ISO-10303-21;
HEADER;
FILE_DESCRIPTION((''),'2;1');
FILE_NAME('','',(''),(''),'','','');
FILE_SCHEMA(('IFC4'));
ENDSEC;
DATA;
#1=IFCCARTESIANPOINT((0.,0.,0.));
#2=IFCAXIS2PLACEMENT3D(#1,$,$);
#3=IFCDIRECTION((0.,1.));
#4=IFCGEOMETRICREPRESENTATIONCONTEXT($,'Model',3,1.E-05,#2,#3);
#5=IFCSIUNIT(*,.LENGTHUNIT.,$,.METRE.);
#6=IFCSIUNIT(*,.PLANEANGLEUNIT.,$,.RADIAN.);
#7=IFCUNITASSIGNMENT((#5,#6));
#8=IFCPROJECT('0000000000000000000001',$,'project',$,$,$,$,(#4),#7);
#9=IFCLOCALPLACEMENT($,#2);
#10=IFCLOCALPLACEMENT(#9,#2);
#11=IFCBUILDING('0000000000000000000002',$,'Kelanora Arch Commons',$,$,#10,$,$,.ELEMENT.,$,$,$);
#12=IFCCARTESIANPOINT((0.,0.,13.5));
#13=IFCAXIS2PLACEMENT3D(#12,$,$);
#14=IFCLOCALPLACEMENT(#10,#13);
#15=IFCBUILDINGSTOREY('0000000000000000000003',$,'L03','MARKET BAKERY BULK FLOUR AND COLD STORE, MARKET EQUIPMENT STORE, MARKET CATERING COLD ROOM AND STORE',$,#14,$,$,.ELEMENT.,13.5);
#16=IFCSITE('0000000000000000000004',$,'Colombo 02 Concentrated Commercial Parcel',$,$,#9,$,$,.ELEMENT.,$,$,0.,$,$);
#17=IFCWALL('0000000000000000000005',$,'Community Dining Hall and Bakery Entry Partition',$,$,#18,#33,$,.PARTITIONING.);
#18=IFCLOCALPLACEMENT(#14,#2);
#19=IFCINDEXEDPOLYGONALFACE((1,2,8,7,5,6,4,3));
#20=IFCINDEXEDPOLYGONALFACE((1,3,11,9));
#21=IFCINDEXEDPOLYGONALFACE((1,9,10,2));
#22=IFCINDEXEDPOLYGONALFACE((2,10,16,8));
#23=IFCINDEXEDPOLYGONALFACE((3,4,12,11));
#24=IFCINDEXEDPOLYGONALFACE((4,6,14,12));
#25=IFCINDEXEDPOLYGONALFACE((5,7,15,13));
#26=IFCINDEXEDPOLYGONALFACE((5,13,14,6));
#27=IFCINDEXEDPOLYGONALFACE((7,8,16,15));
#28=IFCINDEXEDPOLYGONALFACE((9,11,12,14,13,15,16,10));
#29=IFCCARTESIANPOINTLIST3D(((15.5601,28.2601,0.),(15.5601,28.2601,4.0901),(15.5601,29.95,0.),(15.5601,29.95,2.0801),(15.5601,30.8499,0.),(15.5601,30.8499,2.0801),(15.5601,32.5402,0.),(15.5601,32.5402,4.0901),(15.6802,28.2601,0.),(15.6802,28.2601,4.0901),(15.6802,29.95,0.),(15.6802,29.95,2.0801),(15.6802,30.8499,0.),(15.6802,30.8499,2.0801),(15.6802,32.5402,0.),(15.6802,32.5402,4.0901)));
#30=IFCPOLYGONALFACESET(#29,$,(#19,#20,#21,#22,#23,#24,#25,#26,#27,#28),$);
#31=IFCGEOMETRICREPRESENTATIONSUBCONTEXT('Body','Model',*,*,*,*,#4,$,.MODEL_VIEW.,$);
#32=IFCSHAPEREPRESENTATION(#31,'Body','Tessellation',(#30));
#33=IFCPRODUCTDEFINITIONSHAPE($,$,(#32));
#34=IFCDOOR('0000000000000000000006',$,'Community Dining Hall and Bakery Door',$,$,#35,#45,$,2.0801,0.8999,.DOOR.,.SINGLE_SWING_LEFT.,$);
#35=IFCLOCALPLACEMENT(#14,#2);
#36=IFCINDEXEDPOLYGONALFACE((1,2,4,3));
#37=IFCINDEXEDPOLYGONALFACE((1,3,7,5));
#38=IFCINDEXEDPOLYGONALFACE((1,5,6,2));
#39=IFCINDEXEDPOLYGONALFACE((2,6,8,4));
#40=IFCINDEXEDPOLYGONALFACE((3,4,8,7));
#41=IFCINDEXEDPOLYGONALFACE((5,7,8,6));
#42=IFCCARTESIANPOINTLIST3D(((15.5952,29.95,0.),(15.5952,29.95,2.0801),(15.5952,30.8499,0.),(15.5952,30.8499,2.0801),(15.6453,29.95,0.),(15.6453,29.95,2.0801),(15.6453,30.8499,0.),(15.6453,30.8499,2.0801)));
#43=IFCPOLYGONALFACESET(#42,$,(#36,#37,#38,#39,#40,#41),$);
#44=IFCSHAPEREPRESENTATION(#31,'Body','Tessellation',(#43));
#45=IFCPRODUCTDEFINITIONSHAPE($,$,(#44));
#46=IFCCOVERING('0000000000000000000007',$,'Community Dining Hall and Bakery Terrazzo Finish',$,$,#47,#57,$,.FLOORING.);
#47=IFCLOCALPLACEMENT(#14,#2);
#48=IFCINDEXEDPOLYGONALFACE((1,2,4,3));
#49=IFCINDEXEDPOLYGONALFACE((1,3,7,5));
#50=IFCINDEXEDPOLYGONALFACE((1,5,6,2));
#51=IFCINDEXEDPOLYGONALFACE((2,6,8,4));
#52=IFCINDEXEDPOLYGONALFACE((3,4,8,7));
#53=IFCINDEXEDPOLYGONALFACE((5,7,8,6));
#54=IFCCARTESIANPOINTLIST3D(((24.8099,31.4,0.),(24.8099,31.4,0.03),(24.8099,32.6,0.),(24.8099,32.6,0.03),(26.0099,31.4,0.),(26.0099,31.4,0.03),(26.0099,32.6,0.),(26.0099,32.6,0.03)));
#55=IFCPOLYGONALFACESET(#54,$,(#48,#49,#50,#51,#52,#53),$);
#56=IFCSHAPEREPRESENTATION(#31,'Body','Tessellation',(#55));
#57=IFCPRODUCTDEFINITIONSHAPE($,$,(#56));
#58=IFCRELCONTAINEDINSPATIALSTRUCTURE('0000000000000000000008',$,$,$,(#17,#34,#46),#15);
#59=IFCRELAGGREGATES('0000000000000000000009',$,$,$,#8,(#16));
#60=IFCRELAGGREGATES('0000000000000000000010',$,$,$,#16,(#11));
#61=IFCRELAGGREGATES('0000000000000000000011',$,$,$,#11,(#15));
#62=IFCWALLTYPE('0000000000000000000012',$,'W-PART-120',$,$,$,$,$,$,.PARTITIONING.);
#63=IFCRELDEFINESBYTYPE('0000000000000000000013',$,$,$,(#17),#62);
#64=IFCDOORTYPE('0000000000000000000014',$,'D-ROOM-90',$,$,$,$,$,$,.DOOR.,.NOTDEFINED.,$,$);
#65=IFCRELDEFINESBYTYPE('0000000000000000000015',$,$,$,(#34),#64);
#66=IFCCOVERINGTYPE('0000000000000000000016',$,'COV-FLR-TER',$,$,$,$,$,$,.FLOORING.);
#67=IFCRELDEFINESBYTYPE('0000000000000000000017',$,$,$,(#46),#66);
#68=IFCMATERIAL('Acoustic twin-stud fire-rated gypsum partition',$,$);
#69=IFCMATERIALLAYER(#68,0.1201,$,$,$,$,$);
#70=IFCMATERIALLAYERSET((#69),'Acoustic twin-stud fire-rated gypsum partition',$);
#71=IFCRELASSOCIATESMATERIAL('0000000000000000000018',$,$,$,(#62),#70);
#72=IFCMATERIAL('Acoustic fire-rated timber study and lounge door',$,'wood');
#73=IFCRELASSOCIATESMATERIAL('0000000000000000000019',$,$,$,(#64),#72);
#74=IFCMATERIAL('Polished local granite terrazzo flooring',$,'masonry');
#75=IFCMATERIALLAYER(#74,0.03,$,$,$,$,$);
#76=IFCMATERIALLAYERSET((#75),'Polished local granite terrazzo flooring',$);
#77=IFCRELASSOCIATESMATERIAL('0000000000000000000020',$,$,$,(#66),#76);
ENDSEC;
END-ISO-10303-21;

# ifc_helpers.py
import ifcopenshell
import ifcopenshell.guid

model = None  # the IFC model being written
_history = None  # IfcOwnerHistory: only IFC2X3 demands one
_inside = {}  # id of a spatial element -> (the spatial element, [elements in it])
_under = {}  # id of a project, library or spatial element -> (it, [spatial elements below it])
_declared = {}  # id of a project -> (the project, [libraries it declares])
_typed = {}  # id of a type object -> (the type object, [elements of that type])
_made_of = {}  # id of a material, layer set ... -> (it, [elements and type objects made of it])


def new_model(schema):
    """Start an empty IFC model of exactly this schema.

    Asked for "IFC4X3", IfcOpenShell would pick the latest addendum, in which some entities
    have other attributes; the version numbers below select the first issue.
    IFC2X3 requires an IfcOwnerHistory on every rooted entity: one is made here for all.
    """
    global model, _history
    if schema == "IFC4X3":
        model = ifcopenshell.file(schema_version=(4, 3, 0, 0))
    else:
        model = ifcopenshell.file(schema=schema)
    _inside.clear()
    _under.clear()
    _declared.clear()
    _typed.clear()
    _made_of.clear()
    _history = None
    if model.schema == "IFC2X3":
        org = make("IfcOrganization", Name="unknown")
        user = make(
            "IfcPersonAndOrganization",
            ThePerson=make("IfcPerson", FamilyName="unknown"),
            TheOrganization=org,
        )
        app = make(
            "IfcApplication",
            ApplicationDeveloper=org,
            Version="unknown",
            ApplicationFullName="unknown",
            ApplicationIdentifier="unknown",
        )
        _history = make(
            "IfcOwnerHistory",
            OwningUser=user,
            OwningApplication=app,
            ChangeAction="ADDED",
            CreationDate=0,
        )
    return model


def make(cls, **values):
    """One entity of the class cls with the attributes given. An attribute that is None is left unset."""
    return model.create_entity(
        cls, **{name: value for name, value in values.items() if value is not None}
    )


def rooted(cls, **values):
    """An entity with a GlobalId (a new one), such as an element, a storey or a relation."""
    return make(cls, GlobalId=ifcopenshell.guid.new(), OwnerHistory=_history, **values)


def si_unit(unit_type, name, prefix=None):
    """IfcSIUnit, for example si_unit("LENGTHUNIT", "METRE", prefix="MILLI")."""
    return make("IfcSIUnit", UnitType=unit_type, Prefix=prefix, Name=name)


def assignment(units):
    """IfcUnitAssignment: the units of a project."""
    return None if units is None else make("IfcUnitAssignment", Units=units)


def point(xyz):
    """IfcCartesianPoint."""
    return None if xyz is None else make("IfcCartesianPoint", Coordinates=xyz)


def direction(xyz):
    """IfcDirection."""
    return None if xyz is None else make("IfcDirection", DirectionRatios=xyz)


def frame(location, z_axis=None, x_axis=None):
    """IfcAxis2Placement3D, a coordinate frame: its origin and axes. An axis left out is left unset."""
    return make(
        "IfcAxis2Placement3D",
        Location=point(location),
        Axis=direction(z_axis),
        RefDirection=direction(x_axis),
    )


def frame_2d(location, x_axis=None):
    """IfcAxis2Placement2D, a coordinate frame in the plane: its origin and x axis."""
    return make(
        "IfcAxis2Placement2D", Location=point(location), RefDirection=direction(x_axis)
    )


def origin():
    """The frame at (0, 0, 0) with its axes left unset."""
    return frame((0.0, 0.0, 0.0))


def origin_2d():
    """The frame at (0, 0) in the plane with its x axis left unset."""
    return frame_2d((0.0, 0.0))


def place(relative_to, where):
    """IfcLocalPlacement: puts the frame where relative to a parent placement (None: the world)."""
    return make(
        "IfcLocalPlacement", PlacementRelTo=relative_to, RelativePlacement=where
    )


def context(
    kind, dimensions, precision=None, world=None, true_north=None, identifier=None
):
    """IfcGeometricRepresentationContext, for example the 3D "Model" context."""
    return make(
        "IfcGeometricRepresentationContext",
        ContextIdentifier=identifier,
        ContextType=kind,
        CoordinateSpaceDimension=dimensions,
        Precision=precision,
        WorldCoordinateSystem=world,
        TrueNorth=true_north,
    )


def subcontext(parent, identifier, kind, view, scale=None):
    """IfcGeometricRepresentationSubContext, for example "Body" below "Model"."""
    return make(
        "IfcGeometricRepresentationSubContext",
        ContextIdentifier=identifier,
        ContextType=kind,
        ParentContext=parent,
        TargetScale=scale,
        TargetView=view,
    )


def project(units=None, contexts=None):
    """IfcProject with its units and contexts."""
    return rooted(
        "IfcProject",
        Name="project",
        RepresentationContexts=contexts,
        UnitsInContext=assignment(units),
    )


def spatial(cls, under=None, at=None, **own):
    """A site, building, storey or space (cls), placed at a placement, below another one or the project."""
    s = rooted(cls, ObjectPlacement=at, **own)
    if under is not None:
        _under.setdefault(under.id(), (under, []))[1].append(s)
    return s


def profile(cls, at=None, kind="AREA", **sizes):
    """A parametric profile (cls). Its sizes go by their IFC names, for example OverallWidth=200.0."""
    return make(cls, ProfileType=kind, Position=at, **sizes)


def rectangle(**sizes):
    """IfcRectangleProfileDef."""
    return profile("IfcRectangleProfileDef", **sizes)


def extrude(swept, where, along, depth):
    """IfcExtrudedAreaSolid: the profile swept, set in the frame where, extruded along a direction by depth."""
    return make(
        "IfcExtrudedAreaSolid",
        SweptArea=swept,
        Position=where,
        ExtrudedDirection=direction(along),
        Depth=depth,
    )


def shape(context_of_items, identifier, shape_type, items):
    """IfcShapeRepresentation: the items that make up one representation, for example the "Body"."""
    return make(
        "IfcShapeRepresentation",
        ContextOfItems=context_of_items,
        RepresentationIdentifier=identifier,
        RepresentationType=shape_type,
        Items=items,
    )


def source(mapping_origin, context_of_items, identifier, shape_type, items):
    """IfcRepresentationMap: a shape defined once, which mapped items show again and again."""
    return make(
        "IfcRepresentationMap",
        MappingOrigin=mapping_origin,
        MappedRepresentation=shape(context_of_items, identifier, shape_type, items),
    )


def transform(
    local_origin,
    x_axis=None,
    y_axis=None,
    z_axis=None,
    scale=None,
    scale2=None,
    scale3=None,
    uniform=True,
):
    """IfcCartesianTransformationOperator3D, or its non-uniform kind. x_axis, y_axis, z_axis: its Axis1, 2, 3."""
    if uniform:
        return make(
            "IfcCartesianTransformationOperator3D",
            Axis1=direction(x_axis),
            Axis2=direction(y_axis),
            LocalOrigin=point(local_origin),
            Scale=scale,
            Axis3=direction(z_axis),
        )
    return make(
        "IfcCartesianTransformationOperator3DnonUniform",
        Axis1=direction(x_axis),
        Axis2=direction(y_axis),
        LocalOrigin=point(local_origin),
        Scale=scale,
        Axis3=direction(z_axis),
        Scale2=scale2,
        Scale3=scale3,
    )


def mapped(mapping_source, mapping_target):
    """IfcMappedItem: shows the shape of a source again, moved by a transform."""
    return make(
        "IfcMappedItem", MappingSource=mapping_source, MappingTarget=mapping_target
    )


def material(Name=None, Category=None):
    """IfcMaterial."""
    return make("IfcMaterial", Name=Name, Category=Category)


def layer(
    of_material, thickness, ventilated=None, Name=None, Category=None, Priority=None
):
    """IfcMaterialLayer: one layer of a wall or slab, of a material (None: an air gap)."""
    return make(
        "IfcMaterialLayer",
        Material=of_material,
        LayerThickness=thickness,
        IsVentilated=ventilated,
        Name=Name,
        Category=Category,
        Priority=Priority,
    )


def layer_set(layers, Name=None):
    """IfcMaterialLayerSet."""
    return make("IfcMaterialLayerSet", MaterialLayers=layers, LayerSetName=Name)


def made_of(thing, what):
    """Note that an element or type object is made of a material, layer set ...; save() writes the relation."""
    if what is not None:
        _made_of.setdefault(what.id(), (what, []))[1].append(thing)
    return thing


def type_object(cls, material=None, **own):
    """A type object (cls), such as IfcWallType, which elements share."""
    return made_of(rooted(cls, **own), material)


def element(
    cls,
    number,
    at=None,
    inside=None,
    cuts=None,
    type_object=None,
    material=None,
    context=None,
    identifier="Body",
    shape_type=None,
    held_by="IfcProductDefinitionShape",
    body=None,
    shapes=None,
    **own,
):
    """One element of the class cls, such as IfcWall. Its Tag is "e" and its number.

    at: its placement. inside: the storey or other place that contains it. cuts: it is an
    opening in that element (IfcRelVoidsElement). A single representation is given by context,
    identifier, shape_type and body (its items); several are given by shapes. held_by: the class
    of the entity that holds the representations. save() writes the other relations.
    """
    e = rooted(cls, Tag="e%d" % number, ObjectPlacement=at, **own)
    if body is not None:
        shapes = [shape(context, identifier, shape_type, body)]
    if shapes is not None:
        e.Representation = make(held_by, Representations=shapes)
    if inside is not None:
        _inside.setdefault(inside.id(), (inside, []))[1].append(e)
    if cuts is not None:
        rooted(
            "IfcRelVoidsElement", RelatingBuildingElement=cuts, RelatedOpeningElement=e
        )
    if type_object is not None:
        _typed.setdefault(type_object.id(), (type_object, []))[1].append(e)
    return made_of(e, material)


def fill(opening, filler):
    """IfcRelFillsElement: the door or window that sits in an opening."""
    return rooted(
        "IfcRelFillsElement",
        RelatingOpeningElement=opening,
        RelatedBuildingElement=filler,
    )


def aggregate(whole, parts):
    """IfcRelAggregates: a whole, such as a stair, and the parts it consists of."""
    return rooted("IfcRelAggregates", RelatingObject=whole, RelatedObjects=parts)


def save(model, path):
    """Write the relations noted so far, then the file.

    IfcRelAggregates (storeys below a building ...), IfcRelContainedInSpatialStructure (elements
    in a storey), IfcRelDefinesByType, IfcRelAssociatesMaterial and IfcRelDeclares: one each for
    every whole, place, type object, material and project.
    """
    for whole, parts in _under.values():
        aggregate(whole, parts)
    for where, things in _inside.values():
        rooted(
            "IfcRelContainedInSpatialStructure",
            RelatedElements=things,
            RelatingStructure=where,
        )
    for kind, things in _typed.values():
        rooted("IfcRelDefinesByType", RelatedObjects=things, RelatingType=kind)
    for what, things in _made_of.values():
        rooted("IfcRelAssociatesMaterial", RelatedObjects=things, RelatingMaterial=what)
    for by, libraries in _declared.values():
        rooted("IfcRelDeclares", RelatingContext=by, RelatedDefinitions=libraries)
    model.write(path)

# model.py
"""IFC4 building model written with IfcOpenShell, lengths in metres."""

from ifc_helpers import new_model, si_unit, direction, frame, frame_2d, origin, origin_2d, place, context, subcontext, project, spatial, rectangle, extrude, source, transform, mapped, material, layer, layer_set, type_object, element, fill, save


model = new_model("IFC4")

# Units and contexts
model_context = context("Model", 3, precision=1e-05, world=origin(), true_north=direction((0.0, 1.0)))
body_context = subcontext(model_context, "Body", "Model", "MODEL_VIEW")
ifc_project = project(units=[si_unit("LENGTHUNIT", "METRE"), si_unit("PLANEANGLEUNIT", "RADIAN")], contexts=[model_context])

# Site, building, storey
site_placement = place(None, origin())
site = spatial("IfcSite", under=ifc_project, at=site_placement, Name="Colombo 02 Concentrated Commercial Parcel", CompositionType="ELEMENT", RefElevation=0.0)
building_placement = place(site_placement, origin())
building = spatial("IfcBuilding", under=site, at=building_placement, Name="Kelanora Arch Commons", CompositionType="ELEMENT")
storey_placement = place(building_placement, frame((0.0, 0.0, 13.5)))
storey = spatial("IfcBuildingStorey", under=building, at=storey_placement, Name="L03", Description="MARKET BAKERY BULK FLOUR AND COLD STORE, MARKET EQUIPMENT STORE, MARKET CATERING COLD ROOM AND STORE", CompositionType="ELEMENT", Elevation=13.5)

# Wall, opening, door
ifc_material_1 = material(Name="Acoustic twin-stud fire-rated gypsum partition")
ifc_layer_1 = layer(ifc_material_1, 0.1201)
ifc_layer_set_1 = layer_set([ifc_layer_1], Name="Acoustic twin-stud fire-rated gypsum partition")
wall_type_1 = type_object("IfcWallType", Name="W-PART-120", PredefinedType="PARTITIONING", material=ifc_layer_set_1)
wall_1_placement = place(storey_placement, frame((15.6201, 28.26, 0.0), z_axis=(0.0, 0.0, 1.0), x_axis=(0.0, 1.0, 0.0)))
wall_1 = element("IfcWall", 1, at=wall_1_placement, inside=storey, type_object=wall_type_1, Name="Community Dining Hall and Bakery Entry Partition", PredefinedType="PARTITIONING", context=body_context, shape_type="SweptSolid", body=[
    extrude(rectangle(XDim=4.28, YDim=0.1201, at=frame_2d((2.1401, 0.0))), origin(), (0.0, 0.0, 1.0), 4.0901),
])
opening_1_placement = place(wall_1_placement, frame((1.6899, 0.0, 0.0)))
opening_1 = element("IfcOpeningElement", 2, at=opening_1_placement, cuts=wall_1, PredefinedType="OPENING", context=body_context, shape_type="SweptSolid", body=[
    extrude(rectangle(XDim=0.8999, YDim=2.0801, at=frame_2d((0.45, 1.04))), frame((0.0, 0.0701, 0.0), z_axis=(0.0, -1.0, 0.0), x_axis=(1.0, 0.0, 0.0)), (0.0, 0.0, 1.0), 0.1401),
])
ifc_material_2 = material(Name="Acoustic fire-rated timber study and lounge door", Category="wood")
door_type_1 = type_object("IfcDoorType", Name="D-ROOM-90", OperationType="NOTDEFINED", PredefinedType="DOOR", material=ifc_material_2)
door_1_placement = place(opening_1_placement, origin())
door_1 = element("IfcDoor", 3, at=door_1_placement, inside=storey, type_object=door_type_1, Name="Community Dining Hall and Bakery Door", OperationType="SINGLE_SWING_LEFT", OverallHeight=2.0801, OverallWidth=0.8999, PredefinedType="DOOR", context=body_context, shape_type="SweptSolid", body=[
    extrude(rectangle(XDim=0.8999, YDim=2.0801, at=frame_2d((0.45, 1.04))), frame((0.0, 0.0249, 0.0), z_axis=(0.0, -1.0, 0.0), x_axis=(1.0, 0.0, 0.0)), (0.0, 0.0, 1.0), 0.05),
])
fill(opening_1, door_1)

# Covering
ifc_material_3 = material(Name="Polished local granite terrazzo flooring", Category="masonry")
ifc_layer_2 = layer(ifc_material_3, 0.03)
ifc_layer_set_2 = layer_set([ifc_layer_2], Name="Polished local granite terrazzo flooring")
covering_type = type_object("IfcCoveringType", Name="COV-FLR-TER", PredefinedType="FLOORING", material=ifc_layer_set_2)
shared_shape = source(origin(), body_context, "Body", "SweptSolid", [
    extrude(rectangle(XDim=1.2, YDim=1.2, at=origin_2d()), origin(), (0.0, 0.0, 1.0), 0.03),
])
covering_placement = place(storey_placement, frame((25.4099, 32.0, 0.0), z_axis=(0.0, 0.0, 1.0), x_axis=(1.0, 0.0, 0.0)))
element("IfcCovering", 4, at=covering_placement, inside=storey, type_object=covering_type, Name="Community Dining Hall and Bakery Terrazzo Finish", PredefinedType="FLOORING", context=body_context, shape_type="MappedRepresentation", body=[
    mapped(shared_shape, transform((0.0, 0.0, 0.0), scale=1.0)),
])

save(model, "model.ifc")
